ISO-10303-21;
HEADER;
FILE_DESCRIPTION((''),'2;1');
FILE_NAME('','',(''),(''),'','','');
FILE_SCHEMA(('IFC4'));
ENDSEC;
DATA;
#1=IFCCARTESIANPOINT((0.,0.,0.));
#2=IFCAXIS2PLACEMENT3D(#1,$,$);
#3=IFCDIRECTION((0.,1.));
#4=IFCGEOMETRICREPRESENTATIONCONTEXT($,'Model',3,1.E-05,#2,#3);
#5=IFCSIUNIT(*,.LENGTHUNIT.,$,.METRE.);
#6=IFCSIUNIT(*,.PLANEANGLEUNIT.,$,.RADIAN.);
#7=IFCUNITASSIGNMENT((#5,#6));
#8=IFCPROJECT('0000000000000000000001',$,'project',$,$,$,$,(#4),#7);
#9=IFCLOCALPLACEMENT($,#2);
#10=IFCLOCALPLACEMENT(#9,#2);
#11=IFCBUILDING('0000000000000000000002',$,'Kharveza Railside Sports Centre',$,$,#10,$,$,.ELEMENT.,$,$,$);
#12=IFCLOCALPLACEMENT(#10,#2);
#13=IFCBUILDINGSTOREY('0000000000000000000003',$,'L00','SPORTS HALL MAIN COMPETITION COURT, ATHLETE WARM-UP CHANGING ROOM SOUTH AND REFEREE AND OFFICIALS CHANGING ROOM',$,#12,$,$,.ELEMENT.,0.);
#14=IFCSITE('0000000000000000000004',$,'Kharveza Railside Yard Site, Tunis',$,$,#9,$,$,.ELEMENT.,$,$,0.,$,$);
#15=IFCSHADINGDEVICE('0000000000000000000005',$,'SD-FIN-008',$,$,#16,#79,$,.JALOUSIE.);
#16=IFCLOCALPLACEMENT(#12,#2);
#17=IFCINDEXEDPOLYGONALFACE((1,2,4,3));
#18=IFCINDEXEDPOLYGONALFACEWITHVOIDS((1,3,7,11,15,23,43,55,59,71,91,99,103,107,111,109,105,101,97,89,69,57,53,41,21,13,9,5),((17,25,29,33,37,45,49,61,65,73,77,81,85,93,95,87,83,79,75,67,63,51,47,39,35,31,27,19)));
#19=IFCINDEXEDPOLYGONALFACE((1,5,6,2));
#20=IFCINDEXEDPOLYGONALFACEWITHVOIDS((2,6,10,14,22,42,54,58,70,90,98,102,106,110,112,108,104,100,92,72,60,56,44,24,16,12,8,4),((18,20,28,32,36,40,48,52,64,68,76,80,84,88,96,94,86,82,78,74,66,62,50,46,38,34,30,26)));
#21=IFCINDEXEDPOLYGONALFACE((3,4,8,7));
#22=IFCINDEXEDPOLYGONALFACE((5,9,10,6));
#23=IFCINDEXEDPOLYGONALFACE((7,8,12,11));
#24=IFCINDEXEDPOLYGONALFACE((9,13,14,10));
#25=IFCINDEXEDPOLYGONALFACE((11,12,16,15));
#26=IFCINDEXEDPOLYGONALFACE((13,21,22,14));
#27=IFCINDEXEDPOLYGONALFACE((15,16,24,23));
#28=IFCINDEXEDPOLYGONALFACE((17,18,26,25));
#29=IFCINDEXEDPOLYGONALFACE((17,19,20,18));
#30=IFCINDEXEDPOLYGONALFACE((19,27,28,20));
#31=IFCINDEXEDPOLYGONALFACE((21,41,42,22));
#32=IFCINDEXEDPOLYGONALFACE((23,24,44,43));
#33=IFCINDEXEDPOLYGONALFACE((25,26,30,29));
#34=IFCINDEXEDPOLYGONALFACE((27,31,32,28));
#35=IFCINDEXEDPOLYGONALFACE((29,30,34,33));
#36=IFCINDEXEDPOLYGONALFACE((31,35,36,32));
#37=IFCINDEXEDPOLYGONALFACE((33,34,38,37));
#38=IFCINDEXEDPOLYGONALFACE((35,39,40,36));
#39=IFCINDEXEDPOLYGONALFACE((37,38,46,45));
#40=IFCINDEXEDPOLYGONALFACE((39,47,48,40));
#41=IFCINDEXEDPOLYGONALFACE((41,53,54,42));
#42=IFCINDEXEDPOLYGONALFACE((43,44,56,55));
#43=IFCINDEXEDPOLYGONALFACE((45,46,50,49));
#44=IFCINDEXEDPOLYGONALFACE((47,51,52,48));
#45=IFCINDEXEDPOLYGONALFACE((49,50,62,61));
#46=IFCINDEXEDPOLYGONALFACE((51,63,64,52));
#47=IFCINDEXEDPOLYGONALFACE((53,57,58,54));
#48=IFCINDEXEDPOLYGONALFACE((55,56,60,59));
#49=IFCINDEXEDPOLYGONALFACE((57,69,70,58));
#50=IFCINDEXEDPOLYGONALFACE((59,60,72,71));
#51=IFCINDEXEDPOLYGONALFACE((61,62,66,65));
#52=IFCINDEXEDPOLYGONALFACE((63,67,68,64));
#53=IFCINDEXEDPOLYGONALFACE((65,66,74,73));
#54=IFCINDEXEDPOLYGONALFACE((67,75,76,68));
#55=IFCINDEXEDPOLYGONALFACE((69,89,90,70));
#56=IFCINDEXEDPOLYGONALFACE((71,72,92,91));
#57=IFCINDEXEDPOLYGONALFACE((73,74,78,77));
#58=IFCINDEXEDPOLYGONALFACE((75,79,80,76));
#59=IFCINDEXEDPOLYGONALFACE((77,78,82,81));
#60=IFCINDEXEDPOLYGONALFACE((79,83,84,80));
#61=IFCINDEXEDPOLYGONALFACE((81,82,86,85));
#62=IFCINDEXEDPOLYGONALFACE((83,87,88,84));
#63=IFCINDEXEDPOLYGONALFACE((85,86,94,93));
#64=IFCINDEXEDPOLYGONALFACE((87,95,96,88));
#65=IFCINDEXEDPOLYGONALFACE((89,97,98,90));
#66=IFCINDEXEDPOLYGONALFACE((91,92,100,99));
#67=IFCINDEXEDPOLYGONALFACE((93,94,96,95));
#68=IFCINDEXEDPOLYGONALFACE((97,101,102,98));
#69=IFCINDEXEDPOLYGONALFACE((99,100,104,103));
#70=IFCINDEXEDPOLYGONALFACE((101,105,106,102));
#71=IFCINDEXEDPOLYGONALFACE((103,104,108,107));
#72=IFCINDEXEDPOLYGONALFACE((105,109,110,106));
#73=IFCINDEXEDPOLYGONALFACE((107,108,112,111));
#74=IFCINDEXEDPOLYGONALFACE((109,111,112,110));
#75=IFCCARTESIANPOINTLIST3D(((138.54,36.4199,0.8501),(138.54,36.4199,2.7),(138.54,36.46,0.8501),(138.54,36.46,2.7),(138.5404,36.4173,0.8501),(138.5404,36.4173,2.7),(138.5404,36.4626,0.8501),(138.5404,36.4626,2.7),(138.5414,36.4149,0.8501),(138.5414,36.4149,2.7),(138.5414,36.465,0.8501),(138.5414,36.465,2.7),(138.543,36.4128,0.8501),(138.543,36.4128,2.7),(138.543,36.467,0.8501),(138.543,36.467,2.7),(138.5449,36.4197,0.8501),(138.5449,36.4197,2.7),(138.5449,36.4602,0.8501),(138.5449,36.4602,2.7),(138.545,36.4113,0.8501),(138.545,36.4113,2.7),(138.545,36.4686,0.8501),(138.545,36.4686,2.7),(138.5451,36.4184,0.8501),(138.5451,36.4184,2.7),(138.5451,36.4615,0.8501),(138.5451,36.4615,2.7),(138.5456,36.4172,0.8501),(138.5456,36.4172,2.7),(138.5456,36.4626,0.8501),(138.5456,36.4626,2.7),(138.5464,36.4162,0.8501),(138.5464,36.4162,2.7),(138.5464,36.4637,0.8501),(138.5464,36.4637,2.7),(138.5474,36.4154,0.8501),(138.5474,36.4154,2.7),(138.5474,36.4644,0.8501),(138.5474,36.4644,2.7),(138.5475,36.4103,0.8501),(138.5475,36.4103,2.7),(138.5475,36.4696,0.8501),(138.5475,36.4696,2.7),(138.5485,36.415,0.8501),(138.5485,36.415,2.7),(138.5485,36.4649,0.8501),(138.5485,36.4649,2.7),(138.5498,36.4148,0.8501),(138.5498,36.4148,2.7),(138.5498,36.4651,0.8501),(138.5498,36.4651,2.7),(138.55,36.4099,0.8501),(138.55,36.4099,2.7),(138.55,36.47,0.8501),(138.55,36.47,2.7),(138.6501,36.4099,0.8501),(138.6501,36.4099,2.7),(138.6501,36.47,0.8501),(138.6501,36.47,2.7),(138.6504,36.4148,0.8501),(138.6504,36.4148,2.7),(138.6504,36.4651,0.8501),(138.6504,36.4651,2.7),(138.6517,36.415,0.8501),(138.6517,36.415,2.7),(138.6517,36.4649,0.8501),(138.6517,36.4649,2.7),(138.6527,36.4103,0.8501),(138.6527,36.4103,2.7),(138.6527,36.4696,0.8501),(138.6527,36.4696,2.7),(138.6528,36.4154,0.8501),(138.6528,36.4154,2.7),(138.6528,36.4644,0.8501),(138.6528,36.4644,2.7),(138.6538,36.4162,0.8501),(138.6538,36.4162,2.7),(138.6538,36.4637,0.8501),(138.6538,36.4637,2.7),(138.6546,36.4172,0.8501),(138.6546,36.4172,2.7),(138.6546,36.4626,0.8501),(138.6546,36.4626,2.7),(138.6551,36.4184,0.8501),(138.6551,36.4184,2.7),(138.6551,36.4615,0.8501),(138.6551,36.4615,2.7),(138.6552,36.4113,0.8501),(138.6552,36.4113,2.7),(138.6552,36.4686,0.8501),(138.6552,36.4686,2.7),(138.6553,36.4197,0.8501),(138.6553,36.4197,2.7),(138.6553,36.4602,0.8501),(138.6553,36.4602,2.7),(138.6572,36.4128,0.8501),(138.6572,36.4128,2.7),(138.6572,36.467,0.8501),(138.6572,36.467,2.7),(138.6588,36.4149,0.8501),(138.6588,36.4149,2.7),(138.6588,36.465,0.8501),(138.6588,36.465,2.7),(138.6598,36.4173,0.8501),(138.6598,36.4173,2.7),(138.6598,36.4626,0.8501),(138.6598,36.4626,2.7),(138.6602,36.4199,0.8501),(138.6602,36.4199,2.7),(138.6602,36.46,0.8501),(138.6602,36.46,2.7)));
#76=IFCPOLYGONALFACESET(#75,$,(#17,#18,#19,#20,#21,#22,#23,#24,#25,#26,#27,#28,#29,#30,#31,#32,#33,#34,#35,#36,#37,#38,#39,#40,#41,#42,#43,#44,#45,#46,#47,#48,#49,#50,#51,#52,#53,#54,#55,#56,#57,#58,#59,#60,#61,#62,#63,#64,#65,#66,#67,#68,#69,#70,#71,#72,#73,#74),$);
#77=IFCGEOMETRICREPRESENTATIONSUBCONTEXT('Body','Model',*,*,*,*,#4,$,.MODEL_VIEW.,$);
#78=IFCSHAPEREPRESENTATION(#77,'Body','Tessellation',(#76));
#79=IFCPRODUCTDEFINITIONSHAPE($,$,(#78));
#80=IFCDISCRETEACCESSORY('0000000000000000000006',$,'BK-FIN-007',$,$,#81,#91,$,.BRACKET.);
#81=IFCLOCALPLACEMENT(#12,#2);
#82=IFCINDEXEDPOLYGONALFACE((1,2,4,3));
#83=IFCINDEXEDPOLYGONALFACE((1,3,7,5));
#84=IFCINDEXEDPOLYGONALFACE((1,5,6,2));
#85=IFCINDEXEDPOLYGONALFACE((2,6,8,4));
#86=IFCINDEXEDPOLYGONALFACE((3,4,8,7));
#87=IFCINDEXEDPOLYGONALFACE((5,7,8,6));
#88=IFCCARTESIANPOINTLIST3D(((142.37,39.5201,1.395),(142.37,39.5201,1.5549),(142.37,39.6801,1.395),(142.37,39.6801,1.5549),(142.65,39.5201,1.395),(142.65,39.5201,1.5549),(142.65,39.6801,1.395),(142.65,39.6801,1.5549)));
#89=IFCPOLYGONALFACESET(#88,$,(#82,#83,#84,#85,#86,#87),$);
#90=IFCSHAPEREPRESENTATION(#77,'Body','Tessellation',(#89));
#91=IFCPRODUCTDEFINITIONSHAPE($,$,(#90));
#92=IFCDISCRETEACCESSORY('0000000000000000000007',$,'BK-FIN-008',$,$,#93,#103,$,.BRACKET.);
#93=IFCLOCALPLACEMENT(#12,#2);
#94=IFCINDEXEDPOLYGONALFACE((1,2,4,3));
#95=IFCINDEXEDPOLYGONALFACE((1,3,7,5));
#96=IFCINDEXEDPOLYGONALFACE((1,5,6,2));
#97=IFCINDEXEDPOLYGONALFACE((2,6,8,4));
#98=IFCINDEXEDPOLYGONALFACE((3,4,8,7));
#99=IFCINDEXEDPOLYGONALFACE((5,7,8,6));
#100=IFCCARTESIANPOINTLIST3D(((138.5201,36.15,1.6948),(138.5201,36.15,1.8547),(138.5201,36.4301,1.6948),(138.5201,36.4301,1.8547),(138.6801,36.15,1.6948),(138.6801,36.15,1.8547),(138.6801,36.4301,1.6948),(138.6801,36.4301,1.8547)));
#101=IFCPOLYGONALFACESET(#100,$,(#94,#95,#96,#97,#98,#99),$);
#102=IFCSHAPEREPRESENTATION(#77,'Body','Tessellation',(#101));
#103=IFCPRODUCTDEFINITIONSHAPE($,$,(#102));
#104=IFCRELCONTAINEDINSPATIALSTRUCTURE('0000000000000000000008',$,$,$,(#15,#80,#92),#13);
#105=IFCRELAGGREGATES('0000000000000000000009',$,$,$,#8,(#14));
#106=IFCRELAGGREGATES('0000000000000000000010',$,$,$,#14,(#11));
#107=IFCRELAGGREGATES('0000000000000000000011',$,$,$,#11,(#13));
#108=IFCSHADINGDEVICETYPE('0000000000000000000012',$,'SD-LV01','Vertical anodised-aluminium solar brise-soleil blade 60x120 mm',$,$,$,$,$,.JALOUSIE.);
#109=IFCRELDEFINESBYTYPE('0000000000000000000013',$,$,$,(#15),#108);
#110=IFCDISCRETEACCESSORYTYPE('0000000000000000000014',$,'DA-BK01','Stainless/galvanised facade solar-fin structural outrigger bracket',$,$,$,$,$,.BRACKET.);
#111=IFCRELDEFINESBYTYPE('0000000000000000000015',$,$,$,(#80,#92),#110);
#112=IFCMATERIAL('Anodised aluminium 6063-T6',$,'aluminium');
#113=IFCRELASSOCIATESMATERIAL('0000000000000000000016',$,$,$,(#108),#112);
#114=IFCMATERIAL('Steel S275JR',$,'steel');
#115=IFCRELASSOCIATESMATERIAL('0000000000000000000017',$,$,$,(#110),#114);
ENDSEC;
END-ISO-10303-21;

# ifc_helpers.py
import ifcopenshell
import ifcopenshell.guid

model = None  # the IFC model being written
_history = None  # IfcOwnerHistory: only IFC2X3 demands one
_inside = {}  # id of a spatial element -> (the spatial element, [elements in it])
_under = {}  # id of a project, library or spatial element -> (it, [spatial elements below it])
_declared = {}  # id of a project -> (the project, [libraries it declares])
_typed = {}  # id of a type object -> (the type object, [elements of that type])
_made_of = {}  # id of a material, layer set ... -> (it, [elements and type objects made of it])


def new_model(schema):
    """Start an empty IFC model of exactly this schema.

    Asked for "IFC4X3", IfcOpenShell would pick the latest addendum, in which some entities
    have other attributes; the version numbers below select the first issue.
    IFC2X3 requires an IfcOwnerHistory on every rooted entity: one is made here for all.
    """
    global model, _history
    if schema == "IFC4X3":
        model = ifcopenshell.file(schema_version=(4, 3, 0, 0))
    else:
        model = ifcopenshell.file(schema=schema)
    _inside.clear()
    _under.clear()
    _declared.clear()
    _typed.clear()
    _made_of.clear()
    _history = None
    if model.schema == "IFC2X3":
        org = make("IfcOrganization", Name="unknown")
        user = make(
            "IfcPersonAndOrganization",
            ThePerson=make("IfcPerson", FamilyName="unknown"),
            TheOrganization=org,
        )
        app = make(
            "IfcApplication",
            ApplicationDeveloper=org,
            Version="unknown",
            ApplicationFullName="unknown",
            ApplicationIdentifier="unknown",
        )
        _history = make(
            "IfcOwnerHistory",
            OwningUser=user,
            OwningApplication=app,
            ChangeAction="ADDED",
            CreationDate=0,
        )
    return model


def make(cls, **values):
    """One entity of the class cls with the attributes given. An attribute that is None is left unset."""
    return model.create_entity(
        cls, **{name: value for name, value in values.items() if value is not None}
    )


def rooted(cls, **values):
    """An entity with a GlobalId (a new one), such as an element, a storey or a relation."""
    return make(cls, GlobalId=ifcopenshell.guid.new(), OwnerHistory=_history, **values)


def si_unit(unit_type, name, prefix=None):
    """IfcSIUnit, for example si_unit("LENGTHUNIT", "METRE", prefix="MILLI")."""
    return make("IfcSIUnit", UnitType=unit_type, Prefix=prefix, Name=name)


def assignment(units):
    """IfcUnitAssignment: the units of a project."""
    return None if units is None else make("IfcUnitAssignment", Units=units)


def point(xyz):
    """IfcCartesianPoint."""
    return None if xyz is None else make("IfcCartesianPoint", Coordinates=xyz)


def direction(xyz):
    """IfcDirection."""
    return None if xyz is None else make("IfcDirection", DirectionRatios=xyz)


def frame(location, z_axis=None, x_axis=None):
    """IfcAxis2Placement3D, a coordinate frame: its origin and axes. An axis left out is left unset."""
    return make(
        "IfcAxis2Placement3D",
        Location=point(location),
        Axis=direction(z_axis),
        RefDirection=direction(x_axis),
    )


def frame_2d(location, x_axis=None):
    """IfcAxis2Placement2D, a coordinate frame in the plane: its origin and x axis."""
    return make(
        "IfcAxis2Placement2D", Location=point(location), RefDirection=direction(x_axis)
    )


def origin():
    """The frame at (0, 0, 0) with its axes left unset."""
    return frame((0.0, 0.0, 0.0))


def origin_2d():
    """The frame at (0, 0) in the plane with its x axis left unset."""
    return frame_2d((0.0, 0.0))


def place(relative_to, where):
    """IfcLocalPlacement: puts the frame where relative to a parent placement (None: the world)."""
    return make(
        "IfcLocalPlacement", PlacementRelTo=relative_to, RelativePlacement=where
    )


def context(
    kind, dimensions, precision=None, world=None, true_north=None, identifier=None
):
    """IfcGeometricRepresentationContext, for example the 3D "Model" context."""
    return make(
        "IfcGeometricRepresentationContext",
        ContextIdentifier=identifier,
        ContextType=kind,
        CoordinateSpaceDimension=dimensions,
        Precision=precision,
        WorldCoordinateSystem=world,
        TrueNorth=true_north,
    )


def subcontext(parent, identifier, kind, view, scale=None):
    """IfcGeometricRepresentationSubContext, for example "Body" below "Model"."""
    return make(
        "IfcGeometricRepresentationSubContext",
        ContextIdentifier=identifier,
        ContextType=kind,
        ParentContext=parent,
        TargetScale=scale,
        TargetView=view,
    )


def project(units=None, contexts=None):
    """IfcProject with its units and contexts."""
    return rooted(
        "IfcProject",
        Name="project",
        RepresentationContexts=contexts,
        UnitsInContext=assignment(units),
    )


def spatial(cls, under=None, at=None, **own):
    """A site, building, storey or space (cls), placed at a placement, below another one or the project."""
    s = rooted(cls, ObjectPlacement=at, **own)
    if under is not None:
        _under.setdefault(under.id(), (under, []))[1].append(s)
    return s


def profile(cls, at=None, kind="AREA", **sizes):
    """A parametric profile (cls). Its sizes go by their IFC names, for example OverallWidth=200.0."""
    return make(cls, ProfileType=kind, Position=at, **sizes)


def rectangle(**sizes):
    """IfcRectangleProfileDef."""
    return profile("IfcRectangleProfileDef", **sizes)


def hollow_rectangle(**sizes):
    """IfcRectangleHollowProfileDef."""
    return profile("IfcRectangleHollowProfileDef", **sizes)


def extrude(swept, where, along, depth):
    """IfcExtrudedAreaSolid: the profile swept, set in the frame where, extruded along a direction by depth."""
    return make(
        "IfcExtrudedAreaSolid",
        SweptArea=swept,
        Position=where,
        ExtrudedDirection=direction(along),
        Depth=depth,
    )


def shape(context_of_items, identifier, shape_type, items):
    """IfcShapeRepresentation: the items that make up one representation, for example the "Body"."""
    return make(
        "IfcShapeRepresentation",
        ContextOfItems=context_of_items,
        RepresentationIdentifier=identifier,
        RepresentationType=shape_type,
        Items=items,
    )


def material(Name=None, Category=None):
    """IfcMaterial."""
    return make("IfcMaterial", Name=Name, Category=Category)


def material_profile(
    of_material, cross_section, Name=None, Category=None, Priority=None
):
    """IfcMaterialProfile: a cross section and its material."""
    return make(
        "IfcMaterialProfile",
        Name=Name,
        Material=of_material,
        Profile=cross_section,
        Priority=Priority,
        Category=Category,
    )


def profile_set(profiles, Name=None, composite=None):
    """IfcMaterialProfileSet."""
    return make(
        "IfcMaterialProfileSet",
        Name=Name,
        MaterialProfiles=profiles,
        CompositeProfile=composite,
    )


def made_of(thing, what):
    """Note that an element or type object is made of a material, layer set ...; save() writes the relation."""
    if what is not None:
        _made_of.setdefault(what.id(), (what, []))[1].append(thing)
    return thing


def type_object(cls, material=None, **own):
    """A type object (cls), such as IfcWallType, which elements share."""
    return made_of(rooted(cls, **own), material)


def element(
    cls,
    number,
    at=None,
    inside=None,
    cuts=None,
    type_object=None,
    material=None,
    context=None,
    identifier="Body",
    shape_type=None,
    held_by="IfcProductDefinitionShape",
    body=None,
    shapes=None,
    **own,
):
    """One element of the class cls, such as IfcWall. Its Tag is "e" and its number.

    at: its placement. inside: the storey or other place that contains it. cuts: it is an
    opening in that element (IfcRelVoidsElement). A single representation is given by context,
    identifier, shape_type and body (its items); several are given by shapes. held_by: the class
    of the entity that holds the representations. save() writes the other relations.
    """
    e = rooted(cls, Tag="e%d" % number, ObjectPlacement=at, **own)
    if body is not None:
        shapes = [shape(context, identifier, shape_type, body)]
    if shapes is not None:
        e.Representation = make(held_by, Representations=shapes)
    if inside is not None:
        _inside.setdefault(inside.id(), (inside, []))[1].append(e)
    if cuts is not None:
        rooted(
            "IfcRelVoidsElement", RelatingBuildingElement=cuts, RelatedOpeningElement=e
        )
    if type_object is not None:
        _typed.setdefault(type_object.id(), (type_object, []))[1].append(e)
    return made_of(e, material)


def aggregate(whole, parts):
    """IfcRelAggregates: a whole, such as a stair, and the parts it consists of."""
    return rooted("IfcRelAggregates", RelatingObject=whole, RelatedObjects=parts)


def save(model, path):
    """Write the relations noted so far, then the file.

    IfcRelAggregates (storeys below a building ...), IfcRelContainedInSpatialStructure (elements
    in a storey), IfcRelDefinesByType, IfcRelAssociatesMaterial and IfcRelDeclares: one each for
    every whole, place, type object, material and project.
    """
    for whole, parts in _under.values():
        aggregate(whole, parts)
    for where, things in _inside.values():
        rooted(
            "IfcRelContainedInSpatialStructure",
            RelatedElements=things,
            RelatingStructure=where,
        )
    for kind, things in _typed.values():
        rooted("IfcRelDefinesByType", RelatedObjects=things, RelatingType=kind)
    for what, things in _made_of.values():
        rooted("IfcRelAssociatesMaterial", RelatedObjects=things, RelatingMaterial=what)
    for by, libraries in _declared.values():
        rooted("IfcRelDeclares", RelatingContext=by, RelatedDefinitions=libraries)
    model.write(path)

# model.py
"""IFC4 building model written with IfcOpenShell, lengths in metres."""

from ifc_helpers import new_model, si_unit, direction, frame, origin, origin_2d, place, context, subcontext, project, spatial, rectangle, hollow_rectangle, extrude, material, material_profile, profile_set, type_object, element, save


model = new_model("IFC4")

# Units and contexts
model_context = context("Model", 3, precision=1e-05, world=origin(), true_north=direction((0.0, 1.0)))
body_context = subcontext(model_context, "Body", "Model", "MODEL_VIEW")
ifc_project = project(units=[si_unit("LENGTHUNIT", "METRE"), si_unit("PLANEANGLEUNIT", "RADIAN")], contexts=[model_context])

# Site, building, storey
site_placement = place(None, origin())
site = spatial("IfcSite", under=ifc_project, at=site_placement, Name="Kharveza Railside Yard Site, Tunis", CompositionType="ELEMENT", RefElevation=0.0)
building_placement = place(site_placement, origin())
building = spatial("IfcBuilding", under=site, at=building_placement, Name="Kharveza Railside Sports Centre", CompositionType="ELEMENT")
storey_placement = place(building_placement, origin())
storey = spatial("IfcBuildingStorey", under=building, at=storey_placement, Name="L00", Description="SPORTS HALL MAIN COMPETITION COURT, ATHLETE WARM-UP CHANGING ROOM SOUTH AND REFEREE AND OFFICIALS CHANGING ROOM", CompositionType="ELEMENT", Elevation=0.0)

# Shading device
ifc_material_1 = material(Name="Anodised aluminium 6063-T6", Category="aluminium")
ifc_material_profile_1 = material_profile(ifc_material_1, hollow_rectangle(XDim=0.0601, YDim=0.1201, WallThickness=0.0049, InnerFilletRadius=0.0049, OuterFilletRadius=0.01, at=origin_2d()), Name="RHS 60x120x5.0")
ifc_profile_set_1 = profile_set([ifc_material_profile_1], Name="Anodised aluminium 6063-T6")
shading_device_type = type_object("IfcShadingDeviceType", Name="SD-LV01", Description="Vertical anodised-aluminium solar brise-soleil blade 60x120 mm", PredefinedType="JALOUSIE", material=ifc_profile_set_1)
shading_device_1_placement = place(storey_placement, frame((138.6001, 36.4399, 0.8501), z_axis=(0.0, 0.0, 1.0), x_axis=(0.0, 1.0, 0.0)))
element("IfcShadingDevice", 1, at=shading_device_1_placement, inside=storey, type_object=shading_device_type, Name="SD-FIN-008", PredefinedType="JALOUSIE", context=body_context, shape_type="SweptSolid", body=[
    extrude(hollow_rectangle(XDim=0.0601, YDim=0.1201, WallThickness=0.0049, InnerFilletRadius=0.0049, OuterFilletRadius=0.01, at=origin_2d()), origin(), (0.0, 0.0, 1.0), 1.8499),
])

# Discrete accessories
ifc_material_2 = material(Name="Steel S275JR", Category="steel")
discrete_accessory_type = type_object("IfcDiscreteAccessoryType", Name="DA-BK01", Description="Stainless/galvanised facade solar-fin structural outrigger bracket", PredefinedType="BRACKET", material=ifc_material_2)
for number, where, z_axis, x_axis, name in (
    (2, (142.51, 39.6001, 1.395), (0.0, 0.0, 1.0), (-1.0, 0.0, 0.0), "BK-FIN-007"),
    (3, (138.6001, 36.29, 1.6948), (0.0, 0.0, 1.0), (0.0, 1.0, 0.0), "BK-FIN-008"),
):
    element("IfcDiscreteAccessory", number, at=place(storey_placement, frame(where, z_axis=z_axis, x_axis=x_axis)), inside=storey, type_object=discrete_accessory_type, Name=name, PredefinedType="BRACKET", context=body_context, shape_type="SweptSolid", body=[
        extrude(rectangle(XDim=0.28, YDim=0.1599, at=origin_2d()), origin(), (0.0, 0.0, 1.0), 0.1599),
    ])

save(model, "model.ifc")
